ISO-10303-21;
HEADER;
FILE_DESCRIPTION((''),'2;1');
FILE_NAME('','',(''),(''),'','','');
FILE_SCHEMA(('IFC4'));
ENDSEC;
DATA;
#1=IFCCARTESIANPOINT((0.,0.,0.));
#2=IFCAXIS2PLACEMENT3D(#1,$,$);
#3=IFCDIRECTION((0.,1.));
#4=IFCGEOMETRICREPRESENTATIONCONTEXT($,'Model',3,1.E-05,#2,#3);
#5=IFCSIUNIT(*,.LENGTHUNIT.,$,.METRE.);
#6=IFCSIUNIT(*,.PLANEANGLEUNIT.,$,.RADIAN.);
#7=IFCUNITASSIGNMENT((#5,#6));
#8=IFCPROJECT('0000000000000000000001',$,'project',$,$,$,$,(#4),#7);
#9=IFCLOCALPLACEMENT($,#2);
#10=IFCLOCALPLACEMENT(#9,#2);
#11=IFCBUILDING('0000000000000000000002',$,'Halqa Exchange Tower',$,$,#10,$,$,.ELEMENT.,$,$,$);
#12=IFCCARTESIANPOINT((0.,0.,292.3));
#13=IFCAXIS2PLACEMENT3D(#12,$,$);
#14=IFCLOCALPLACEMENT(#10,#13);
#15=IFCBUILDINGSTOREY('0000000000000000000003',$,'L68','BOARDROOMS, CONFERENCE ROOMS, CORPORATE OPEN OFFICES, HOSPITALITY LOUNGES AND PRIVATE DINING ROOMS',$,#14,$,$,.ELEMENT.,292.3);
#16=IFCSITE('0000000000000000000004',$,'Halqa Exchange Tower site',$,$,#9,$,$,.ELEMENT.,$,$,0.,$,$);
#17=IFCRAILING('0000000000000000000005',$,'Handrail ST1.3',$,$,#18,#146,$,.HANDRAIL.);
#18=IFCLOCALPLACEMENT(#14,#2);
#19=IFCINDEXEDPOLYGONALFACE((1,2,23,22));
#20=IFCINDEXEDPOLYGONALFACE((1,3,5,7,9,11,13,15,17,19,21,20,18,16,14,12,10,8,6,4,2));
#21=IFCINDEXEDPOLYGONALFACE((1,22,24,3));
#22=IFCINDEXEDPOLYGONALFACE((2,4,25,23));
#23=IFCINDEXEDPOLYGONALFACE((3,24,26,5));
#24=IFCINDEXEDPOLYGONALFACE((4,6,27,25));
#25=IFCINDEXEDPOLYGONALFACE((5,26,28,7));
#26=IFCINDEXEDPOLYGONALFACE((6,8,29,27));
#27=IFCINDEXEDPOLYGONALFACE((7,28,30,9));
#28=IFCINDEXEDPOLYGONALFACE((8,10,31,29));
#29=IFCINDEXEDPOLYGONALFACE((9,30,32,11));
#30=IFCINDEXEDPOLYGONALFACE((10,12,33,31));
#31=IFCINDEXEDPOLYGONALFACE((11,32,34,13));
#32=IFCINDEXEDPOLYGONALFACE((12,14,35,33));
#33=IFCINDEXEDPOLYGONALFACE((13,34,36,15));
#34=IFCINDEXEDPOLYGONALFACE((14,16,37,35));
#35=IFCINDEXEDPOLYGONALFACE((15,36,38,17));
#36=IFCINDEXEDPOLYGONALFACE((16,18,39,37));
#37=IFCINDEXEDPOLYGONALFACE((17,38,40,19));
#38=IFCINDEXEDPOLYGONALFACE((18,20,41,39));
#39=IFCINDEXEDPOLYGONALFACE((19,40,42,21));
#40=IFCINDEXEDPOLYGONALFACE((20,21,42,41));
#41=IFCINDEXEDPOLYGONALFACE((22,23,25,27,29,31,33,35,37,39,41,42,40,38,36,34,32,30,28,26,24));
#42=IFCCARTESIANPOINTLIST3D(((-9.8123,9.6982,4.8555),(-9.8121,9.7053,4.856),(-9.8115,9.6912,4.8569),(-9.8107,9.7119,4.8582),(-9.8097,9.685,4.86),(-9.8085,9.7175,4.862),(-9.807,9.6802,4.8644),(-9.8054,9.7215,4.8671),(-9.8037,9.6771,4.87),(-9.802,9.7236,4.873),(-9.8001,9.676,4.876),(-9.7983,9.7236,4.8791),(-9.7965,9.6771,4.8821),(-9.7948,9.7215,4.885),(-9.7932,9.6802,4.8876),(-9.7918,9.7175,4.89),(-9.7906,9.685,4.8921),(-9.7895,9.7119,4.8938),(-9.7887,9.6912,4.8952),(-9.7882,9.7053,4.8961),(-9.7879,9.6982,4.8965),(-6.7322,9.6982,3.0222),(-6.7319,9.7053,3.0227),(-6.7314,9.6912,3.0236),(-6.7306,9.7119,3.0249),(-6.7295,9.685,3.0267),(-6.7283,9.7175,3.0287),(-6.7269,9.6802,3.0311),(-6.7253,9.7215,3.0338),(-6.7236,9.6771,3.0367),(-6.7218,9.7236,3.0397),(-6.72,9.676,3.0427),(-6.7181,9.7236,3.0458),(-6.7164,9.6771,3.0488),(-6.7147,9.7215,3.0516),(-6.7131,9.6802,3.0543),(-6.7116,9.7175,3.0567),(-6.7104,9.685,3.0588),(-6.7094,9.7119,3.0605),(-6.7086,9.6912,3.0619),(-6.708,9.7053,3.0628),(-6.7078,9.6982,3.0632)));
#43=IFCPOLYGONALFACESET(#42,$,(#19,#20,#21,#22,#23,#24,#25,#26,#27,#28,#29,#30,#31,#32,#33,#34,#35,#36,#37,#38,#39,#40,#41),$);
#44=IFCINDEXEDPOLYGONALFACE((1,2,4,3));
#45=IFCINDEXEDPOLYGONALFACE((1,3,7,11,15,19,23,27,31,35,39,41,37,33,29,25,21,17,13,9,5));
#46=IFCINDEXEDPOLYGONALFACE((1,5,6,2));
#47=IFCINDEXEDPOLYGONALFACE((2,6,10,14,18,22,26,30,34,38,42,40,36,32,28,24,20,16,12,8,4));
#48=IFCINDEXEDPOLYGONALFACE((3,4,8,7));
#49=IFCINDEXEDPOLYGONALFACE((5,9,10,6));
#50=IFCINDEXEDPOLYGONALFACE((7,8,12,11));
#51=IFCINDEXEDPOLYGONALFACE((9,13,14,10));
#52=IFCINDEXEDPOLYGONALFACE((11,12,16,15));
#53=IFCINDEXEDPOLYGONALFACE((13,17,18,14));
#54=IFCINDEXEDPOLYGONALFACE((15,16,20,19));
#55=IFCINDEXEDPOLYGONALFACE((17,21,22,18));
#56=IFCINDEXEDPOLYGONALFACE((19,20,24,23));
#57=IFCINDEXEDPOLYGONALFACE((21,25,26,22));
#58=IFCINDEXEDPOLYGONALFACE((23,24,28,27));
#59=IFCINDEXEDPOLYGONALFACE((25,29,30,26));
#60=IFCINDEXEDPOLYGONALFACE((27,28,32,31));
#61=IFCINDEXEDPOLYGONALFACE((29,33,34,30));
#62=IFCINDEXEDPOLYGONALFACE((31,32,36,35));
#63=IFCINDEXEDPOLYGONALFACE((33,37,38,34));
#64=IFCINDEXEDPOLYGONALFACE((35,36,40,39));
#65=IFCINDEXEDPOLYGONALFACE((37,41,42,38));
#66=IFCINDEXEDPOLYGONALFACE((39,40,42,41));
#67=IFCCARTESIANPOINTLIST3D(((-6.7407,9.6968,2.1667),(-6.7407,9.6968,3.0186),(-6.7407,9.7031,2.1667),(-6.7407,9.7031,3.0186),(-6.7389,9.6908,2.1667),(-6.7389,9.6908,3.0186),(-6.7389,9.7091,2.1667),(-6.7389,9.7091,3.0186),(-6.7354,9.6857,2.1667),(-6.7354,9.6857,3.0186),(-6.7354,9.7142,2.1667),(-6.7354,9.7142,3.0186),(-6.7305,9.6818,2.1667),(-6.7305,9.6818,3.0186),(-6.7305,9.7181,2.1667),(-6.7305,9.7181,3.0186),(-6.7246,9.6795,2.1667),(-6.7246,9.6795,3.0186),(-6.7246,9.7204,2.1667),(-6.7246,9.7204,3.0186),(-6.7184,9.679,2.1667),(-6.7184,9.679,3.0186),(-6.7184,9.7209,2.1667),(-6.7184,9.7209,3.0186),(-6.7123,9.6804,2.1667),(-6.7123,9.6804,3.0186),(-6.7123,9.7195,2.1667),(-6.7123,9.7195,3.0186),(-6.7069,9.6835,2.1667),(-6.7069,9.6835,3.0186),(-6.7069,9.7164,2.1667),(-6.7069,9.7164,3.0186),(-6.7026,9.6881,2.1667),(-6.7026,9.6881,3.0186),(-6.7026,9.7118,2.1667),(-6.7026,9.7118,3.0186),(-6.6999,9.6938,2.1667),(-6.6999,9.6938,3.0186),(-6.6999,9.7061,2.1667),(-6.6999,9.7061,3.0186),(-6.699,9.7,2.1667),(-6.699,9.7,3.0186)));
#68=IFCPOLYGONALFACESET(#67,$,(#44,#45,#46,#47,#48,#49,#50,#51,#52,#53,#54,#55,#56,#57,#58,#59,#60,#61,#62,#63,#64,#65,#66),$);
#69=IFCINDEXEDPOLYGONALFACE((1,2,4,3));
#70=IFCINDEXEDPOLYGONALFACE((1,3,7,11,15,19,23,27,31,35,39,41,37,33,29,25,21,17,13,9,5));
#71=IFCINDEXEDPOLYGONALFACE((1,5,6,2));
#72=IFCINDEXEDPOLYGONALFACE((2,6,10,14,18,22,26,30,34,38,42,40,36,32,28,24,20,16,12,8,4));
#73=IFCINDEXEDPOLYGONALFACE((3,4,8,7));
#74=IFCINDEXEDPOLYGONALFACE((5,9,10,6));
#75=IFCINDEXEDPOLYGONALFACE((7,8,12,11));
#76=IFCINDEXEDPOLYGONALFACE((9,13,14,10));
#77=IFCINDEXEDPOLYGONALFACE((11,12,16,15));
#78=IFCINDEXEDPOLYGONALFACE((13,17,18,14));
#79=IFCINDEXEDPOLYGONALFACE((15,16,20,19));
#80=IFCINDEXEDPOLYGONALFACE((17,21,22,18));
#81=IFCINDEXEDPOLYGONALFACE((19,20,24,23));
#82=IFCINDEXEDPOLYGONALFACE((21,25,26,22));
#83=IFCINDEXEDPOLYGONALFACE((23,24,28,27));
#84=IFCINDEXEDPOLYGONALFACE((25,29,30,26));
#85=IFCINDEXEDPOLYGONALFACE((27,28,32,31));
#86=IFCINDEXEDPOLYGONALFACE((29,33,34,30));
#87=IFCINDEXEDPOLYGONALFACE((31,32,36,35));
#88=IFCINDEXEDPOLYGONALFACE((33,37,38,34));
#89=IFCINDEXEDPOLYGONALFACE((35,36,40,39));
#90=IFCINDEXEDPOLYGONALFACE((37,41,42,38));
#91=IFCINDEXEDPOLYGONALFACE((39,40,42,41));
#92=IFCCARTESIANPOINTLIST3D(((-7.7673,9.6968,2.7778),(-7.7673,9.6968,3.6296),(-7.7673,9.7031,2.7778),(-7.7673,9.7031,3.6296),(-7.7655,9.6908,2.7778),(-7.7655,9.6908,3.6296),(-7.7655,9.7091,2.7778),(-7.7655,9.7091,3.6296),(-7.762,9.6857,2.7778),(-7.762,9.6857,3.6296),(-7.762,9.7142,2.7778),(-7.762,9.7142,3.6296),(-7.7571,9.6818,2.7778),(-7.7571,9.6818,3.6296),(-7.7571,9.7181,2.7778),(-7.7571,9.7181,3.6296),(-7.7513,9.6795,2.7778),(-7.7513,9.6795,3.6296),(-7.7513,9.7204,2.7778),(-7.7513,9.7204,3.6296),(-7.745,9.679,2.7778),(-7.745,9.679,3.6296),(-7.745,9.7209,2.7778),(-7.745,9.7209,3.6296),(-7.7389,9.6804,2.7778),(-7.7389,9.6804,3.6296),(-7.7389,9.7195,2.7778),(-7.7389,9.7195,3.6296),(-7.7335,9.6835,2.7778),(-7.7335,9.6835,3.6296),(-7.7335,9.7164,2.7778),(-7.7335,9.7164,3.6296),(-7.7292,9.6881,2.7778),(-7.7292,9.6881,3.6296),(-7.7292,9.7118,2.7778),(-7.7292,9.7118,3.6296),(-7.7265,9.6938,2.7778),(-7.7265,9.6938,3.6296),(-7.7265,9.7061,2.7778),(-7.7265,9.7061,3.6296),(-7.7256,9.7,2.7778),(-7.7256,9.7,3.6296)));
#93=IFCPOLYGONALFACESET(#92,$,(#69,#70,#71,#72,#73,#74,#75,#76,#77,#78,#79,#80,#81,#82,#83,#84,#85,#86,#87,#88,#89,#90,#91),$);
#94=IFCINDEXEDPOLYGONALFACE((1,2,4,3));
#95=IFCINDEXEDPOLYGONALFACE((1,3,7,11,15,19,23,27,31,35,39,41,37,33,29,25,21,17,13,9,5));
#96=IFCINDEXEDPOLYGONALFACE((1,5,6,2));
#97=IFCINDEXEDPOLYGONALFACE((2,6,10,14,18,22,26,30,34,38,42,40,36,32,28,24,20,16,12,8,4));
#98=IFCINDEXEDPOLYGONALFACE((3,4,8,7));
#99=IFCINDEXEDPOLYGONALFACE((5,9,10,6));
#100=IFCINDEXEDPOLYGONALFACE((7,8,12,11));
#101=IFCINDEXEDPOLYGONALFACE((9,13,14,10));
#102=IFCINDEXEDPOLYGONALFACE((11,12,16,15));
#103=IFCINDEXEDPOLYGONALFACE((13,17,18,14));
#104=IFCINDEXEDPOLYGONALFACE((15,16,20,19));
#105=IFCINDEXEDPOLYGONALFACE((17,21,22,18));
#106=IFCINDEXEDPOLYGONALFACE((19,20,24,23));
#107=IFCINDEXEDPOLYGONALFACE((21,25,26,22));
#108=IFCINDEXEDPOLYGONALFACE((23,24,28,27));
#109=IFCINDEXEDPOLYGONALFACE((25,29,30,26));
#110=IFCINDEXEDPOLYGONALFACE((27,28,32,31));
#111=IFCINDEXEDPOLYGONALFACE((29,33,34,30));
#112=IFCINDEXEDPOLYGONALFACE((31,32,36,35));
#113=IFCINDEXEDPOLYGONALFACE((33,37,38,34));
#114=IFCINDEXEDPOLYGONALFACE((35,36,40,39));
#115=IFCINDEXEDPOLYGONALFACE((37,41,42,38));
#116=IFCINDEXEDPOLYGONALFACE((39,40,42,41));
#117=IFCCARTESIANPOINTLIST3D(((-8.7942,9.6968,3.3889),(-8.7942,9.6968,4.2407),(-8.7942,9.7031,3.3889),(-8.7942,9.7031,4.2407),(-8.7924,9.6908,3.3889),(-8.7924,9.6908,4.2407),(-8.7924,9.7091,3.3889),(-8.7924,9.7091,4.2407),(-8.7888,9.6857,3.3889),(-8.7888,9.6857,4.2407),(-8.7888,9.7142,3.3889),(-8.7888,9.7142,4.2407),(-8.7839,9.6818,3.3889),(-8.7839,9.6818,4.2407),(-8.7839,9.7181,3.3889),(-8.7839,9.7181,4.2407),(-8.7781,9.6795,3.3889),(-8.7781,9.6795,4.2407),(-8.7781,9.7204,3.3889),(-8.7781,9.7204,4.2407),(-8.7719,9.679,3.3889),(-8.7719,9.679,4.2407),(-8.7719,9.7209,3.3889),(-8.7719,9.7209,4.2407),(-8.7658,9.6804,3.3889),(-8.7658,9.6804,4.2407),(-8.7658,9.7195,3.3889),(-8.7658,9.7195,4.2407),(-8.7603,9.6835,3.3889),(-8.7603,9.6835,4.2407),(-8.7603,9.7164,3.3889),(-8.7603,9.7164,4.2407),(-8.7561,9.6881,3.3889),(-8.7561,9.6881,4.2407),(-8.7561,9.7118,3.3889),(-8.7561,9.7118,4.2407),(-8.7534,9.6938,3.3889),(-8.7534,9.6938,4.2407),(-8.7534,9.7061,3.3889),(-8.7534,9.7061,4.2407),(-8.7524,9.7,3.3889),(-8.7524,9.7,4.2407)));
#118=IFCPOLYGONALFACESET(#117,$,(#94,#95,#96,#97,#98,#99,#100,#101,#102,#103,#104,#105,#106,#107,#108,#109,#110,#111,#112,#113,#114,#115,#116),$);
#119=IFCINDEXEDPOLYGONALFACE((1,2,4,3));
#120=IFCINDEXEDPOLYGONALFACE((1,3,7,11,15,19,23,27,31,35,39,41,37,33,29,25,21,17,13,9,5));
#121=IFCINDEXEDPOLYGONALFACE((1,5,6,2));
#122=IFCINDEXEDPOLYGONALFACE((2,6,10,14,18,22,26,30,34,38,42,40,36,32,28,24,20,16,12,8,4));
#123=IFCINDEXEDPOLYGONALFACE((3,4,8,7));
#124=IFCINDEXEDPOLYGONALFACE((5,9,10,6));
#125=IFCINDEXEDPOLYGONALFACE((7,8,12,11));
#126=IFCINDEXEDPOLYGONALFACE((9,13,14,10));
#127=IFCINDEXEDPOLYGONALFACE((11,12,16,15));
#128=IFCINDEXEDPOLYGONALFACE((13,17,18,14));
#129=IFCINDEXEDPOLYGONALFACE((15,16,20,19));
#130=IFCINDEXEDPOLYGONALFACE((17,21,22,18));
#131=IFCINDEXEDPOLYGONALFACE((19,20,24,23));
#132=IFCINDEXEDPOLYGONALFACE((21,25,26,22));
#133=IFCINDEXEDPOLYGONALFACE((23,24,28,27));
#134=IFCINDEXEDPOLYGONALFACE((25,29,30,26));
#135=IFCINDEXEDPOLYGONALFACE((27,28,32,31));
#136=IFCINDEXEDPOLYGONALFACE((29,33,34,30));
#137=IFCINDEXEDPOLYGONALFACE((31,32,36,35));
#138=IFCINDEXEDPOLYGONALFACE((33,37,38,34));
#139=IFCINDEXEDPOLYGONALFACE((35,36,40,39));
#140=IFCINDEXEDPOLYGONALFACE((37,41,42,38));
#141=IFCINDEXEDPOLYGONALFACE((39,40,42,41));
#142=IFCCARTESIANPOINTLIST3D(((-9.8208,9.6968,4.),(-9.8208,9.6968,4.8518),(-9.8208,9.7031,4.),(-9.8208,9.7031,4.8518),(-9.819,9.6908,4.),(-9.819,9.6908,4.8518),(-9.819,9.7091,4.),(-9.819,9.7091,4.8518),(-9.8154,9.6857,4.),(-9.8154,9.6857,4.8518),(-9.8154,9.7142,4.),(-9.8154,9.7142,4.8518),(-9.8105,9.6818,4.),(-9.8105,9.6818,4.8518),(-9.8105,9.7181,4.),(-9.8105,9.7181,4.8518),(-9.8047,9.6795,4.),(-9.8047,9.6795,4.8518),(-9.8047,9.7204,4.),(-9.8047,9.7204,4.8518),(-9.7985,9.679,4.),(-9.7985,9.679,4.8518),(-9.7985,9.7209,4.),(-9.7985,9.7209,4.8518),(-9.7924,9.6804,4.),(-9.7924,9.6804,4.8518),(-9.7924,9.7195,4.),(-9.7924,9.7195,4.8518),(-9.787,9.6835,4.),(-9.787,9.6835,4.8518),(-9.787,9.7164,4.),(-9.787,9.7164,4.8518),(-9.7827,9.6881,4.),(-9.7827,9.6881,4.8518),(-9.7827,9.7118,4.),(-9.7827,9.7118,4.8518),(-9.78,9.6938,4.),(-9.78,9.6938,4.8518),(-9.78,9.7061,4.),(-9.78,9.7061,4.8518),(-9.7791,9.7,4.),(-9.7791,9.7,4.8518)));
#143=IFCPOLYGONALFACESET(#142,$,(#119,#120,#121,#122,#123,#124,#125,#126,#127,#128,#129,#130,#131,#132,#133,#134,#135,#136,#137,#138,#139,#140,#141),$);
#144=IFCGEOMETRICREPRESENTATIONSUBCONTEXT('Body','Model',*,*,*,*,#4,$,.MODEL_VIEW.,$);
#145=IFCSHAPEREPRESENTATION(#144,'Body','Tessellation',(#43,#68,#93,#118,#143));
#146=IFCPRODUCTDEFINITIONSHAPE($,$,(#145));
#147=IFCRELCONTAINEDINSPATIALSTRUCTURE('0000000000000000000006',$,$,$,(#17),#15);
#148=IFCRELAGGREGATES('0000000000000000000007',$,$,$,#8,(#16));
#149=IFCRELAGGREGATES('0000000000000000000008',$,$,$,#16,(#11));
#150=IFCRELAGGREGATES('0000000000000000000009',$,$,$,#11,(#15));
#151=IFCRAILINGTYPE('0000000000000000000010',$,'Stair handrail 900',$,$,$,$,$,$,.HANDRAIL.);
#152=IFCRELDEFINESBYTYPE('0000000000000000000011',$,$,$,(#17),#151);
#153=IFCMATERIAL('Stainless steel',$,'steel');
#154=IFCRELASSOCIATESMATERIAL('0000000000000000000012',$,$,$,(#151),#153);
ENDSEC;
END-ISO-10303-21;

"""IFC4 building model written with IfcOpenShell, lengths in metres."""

from ifc_helpers import new_model, si_unit, direction, frame, origin, origin_2d, place, context, subcontext, project, spatial, circle, extrude, material, type_object, element, save


model = new_model("IFC4")

# Units and contexts
model_context = context("Model", 3, precision=1e-05, world=origin(), true_north=direction((0.0, 1.0)))
body_context = subcontext(model_context, "Body", "Model", "MODEL_VIEW")
ifc_project = project(units=[si_unit("LENGTHUNIT", "METRE"), si_unit("PLANEANGLEUNIT", "RADIAN")], contexts=[model_context])

# Site, building, storey
site_placement = place(None, origin())
site = spatial("IfcSite", under=ifc_project, at=site_placement, Name="Halqa Exchange Tower site", CompositionType="ELEMENT", RefElevation=0.0)
building_placement = place(site_placement, origin())
building = spatial("IfcBuilding", under=site, at=building_placement, Name="Halqa Exchange Tower", CompositionType="ELEMENT")
storey_placement = place(building_placement, frame((0.0, 0.0, 292.3)))
storey = spatial("IfcBuildingStorey", under=building, at=storey_placement, Name="L68", Description="BOARDROOMS, CONFERENCE ROOMS, CORPORATE OPEN OFFICES, HOSPITALITY LOUNGES AND PRIVATE DINING ROOMS", CompositionType="ELEMENT", Elevation=292.3)

# Railing
ifc_material_1 = material(Name="Stainless steel", Category="steel")
railing_type_1 = type_object("IfcRailingType", Name="Stair handrail 900", PredefinedType="HANDRAIL", material=ifc_material_1)
railing_1_placement = place(storey_placement, frame((-6.72, 9.7, 2.1667)))
element("IfcRailing", 1, at=railing_1_placement, inside=storey, type_object=railing_type_1, Name="Handrail ST1.3", PredefinedType="HANDRAIL", context=body_context, shape_type="SweptSolid", body=[
    extrude(circle(Radius=0.0239, at=origin_2d()), frame((0.0, 0.0, 0.876), z_axis=(-0.859309, 0.0, 0.511458), x_axis=(0.0, -1.0, 0.0)), (0.0, 0.0, 1.0), 3.5845),
    extrude(circle(Radius=0.021, at=origin_2d()), origin(), (0.0, 0.0, 1.0), 0.8518),
    extrude(circle(Radius=0.021, at=origin_2d()), frame((-1.0266, 0.0, 0.6111)), (0.0, 0.0, 1.0), 0.8518),
    extrude(circle(Radius=0.021, at=origin_2d()), frame((-2.0535, 0.0, 1.2222)), (0.0, 0.0, 1.0), 0.8518),
    extrude(circle(Radius=0.021, at=origin_2d()), frame((-3.0801, 0.0, 1.8333)), (0.0, 0.0, 1.0), 0.8518),
])

save(model, "model.ifc")
